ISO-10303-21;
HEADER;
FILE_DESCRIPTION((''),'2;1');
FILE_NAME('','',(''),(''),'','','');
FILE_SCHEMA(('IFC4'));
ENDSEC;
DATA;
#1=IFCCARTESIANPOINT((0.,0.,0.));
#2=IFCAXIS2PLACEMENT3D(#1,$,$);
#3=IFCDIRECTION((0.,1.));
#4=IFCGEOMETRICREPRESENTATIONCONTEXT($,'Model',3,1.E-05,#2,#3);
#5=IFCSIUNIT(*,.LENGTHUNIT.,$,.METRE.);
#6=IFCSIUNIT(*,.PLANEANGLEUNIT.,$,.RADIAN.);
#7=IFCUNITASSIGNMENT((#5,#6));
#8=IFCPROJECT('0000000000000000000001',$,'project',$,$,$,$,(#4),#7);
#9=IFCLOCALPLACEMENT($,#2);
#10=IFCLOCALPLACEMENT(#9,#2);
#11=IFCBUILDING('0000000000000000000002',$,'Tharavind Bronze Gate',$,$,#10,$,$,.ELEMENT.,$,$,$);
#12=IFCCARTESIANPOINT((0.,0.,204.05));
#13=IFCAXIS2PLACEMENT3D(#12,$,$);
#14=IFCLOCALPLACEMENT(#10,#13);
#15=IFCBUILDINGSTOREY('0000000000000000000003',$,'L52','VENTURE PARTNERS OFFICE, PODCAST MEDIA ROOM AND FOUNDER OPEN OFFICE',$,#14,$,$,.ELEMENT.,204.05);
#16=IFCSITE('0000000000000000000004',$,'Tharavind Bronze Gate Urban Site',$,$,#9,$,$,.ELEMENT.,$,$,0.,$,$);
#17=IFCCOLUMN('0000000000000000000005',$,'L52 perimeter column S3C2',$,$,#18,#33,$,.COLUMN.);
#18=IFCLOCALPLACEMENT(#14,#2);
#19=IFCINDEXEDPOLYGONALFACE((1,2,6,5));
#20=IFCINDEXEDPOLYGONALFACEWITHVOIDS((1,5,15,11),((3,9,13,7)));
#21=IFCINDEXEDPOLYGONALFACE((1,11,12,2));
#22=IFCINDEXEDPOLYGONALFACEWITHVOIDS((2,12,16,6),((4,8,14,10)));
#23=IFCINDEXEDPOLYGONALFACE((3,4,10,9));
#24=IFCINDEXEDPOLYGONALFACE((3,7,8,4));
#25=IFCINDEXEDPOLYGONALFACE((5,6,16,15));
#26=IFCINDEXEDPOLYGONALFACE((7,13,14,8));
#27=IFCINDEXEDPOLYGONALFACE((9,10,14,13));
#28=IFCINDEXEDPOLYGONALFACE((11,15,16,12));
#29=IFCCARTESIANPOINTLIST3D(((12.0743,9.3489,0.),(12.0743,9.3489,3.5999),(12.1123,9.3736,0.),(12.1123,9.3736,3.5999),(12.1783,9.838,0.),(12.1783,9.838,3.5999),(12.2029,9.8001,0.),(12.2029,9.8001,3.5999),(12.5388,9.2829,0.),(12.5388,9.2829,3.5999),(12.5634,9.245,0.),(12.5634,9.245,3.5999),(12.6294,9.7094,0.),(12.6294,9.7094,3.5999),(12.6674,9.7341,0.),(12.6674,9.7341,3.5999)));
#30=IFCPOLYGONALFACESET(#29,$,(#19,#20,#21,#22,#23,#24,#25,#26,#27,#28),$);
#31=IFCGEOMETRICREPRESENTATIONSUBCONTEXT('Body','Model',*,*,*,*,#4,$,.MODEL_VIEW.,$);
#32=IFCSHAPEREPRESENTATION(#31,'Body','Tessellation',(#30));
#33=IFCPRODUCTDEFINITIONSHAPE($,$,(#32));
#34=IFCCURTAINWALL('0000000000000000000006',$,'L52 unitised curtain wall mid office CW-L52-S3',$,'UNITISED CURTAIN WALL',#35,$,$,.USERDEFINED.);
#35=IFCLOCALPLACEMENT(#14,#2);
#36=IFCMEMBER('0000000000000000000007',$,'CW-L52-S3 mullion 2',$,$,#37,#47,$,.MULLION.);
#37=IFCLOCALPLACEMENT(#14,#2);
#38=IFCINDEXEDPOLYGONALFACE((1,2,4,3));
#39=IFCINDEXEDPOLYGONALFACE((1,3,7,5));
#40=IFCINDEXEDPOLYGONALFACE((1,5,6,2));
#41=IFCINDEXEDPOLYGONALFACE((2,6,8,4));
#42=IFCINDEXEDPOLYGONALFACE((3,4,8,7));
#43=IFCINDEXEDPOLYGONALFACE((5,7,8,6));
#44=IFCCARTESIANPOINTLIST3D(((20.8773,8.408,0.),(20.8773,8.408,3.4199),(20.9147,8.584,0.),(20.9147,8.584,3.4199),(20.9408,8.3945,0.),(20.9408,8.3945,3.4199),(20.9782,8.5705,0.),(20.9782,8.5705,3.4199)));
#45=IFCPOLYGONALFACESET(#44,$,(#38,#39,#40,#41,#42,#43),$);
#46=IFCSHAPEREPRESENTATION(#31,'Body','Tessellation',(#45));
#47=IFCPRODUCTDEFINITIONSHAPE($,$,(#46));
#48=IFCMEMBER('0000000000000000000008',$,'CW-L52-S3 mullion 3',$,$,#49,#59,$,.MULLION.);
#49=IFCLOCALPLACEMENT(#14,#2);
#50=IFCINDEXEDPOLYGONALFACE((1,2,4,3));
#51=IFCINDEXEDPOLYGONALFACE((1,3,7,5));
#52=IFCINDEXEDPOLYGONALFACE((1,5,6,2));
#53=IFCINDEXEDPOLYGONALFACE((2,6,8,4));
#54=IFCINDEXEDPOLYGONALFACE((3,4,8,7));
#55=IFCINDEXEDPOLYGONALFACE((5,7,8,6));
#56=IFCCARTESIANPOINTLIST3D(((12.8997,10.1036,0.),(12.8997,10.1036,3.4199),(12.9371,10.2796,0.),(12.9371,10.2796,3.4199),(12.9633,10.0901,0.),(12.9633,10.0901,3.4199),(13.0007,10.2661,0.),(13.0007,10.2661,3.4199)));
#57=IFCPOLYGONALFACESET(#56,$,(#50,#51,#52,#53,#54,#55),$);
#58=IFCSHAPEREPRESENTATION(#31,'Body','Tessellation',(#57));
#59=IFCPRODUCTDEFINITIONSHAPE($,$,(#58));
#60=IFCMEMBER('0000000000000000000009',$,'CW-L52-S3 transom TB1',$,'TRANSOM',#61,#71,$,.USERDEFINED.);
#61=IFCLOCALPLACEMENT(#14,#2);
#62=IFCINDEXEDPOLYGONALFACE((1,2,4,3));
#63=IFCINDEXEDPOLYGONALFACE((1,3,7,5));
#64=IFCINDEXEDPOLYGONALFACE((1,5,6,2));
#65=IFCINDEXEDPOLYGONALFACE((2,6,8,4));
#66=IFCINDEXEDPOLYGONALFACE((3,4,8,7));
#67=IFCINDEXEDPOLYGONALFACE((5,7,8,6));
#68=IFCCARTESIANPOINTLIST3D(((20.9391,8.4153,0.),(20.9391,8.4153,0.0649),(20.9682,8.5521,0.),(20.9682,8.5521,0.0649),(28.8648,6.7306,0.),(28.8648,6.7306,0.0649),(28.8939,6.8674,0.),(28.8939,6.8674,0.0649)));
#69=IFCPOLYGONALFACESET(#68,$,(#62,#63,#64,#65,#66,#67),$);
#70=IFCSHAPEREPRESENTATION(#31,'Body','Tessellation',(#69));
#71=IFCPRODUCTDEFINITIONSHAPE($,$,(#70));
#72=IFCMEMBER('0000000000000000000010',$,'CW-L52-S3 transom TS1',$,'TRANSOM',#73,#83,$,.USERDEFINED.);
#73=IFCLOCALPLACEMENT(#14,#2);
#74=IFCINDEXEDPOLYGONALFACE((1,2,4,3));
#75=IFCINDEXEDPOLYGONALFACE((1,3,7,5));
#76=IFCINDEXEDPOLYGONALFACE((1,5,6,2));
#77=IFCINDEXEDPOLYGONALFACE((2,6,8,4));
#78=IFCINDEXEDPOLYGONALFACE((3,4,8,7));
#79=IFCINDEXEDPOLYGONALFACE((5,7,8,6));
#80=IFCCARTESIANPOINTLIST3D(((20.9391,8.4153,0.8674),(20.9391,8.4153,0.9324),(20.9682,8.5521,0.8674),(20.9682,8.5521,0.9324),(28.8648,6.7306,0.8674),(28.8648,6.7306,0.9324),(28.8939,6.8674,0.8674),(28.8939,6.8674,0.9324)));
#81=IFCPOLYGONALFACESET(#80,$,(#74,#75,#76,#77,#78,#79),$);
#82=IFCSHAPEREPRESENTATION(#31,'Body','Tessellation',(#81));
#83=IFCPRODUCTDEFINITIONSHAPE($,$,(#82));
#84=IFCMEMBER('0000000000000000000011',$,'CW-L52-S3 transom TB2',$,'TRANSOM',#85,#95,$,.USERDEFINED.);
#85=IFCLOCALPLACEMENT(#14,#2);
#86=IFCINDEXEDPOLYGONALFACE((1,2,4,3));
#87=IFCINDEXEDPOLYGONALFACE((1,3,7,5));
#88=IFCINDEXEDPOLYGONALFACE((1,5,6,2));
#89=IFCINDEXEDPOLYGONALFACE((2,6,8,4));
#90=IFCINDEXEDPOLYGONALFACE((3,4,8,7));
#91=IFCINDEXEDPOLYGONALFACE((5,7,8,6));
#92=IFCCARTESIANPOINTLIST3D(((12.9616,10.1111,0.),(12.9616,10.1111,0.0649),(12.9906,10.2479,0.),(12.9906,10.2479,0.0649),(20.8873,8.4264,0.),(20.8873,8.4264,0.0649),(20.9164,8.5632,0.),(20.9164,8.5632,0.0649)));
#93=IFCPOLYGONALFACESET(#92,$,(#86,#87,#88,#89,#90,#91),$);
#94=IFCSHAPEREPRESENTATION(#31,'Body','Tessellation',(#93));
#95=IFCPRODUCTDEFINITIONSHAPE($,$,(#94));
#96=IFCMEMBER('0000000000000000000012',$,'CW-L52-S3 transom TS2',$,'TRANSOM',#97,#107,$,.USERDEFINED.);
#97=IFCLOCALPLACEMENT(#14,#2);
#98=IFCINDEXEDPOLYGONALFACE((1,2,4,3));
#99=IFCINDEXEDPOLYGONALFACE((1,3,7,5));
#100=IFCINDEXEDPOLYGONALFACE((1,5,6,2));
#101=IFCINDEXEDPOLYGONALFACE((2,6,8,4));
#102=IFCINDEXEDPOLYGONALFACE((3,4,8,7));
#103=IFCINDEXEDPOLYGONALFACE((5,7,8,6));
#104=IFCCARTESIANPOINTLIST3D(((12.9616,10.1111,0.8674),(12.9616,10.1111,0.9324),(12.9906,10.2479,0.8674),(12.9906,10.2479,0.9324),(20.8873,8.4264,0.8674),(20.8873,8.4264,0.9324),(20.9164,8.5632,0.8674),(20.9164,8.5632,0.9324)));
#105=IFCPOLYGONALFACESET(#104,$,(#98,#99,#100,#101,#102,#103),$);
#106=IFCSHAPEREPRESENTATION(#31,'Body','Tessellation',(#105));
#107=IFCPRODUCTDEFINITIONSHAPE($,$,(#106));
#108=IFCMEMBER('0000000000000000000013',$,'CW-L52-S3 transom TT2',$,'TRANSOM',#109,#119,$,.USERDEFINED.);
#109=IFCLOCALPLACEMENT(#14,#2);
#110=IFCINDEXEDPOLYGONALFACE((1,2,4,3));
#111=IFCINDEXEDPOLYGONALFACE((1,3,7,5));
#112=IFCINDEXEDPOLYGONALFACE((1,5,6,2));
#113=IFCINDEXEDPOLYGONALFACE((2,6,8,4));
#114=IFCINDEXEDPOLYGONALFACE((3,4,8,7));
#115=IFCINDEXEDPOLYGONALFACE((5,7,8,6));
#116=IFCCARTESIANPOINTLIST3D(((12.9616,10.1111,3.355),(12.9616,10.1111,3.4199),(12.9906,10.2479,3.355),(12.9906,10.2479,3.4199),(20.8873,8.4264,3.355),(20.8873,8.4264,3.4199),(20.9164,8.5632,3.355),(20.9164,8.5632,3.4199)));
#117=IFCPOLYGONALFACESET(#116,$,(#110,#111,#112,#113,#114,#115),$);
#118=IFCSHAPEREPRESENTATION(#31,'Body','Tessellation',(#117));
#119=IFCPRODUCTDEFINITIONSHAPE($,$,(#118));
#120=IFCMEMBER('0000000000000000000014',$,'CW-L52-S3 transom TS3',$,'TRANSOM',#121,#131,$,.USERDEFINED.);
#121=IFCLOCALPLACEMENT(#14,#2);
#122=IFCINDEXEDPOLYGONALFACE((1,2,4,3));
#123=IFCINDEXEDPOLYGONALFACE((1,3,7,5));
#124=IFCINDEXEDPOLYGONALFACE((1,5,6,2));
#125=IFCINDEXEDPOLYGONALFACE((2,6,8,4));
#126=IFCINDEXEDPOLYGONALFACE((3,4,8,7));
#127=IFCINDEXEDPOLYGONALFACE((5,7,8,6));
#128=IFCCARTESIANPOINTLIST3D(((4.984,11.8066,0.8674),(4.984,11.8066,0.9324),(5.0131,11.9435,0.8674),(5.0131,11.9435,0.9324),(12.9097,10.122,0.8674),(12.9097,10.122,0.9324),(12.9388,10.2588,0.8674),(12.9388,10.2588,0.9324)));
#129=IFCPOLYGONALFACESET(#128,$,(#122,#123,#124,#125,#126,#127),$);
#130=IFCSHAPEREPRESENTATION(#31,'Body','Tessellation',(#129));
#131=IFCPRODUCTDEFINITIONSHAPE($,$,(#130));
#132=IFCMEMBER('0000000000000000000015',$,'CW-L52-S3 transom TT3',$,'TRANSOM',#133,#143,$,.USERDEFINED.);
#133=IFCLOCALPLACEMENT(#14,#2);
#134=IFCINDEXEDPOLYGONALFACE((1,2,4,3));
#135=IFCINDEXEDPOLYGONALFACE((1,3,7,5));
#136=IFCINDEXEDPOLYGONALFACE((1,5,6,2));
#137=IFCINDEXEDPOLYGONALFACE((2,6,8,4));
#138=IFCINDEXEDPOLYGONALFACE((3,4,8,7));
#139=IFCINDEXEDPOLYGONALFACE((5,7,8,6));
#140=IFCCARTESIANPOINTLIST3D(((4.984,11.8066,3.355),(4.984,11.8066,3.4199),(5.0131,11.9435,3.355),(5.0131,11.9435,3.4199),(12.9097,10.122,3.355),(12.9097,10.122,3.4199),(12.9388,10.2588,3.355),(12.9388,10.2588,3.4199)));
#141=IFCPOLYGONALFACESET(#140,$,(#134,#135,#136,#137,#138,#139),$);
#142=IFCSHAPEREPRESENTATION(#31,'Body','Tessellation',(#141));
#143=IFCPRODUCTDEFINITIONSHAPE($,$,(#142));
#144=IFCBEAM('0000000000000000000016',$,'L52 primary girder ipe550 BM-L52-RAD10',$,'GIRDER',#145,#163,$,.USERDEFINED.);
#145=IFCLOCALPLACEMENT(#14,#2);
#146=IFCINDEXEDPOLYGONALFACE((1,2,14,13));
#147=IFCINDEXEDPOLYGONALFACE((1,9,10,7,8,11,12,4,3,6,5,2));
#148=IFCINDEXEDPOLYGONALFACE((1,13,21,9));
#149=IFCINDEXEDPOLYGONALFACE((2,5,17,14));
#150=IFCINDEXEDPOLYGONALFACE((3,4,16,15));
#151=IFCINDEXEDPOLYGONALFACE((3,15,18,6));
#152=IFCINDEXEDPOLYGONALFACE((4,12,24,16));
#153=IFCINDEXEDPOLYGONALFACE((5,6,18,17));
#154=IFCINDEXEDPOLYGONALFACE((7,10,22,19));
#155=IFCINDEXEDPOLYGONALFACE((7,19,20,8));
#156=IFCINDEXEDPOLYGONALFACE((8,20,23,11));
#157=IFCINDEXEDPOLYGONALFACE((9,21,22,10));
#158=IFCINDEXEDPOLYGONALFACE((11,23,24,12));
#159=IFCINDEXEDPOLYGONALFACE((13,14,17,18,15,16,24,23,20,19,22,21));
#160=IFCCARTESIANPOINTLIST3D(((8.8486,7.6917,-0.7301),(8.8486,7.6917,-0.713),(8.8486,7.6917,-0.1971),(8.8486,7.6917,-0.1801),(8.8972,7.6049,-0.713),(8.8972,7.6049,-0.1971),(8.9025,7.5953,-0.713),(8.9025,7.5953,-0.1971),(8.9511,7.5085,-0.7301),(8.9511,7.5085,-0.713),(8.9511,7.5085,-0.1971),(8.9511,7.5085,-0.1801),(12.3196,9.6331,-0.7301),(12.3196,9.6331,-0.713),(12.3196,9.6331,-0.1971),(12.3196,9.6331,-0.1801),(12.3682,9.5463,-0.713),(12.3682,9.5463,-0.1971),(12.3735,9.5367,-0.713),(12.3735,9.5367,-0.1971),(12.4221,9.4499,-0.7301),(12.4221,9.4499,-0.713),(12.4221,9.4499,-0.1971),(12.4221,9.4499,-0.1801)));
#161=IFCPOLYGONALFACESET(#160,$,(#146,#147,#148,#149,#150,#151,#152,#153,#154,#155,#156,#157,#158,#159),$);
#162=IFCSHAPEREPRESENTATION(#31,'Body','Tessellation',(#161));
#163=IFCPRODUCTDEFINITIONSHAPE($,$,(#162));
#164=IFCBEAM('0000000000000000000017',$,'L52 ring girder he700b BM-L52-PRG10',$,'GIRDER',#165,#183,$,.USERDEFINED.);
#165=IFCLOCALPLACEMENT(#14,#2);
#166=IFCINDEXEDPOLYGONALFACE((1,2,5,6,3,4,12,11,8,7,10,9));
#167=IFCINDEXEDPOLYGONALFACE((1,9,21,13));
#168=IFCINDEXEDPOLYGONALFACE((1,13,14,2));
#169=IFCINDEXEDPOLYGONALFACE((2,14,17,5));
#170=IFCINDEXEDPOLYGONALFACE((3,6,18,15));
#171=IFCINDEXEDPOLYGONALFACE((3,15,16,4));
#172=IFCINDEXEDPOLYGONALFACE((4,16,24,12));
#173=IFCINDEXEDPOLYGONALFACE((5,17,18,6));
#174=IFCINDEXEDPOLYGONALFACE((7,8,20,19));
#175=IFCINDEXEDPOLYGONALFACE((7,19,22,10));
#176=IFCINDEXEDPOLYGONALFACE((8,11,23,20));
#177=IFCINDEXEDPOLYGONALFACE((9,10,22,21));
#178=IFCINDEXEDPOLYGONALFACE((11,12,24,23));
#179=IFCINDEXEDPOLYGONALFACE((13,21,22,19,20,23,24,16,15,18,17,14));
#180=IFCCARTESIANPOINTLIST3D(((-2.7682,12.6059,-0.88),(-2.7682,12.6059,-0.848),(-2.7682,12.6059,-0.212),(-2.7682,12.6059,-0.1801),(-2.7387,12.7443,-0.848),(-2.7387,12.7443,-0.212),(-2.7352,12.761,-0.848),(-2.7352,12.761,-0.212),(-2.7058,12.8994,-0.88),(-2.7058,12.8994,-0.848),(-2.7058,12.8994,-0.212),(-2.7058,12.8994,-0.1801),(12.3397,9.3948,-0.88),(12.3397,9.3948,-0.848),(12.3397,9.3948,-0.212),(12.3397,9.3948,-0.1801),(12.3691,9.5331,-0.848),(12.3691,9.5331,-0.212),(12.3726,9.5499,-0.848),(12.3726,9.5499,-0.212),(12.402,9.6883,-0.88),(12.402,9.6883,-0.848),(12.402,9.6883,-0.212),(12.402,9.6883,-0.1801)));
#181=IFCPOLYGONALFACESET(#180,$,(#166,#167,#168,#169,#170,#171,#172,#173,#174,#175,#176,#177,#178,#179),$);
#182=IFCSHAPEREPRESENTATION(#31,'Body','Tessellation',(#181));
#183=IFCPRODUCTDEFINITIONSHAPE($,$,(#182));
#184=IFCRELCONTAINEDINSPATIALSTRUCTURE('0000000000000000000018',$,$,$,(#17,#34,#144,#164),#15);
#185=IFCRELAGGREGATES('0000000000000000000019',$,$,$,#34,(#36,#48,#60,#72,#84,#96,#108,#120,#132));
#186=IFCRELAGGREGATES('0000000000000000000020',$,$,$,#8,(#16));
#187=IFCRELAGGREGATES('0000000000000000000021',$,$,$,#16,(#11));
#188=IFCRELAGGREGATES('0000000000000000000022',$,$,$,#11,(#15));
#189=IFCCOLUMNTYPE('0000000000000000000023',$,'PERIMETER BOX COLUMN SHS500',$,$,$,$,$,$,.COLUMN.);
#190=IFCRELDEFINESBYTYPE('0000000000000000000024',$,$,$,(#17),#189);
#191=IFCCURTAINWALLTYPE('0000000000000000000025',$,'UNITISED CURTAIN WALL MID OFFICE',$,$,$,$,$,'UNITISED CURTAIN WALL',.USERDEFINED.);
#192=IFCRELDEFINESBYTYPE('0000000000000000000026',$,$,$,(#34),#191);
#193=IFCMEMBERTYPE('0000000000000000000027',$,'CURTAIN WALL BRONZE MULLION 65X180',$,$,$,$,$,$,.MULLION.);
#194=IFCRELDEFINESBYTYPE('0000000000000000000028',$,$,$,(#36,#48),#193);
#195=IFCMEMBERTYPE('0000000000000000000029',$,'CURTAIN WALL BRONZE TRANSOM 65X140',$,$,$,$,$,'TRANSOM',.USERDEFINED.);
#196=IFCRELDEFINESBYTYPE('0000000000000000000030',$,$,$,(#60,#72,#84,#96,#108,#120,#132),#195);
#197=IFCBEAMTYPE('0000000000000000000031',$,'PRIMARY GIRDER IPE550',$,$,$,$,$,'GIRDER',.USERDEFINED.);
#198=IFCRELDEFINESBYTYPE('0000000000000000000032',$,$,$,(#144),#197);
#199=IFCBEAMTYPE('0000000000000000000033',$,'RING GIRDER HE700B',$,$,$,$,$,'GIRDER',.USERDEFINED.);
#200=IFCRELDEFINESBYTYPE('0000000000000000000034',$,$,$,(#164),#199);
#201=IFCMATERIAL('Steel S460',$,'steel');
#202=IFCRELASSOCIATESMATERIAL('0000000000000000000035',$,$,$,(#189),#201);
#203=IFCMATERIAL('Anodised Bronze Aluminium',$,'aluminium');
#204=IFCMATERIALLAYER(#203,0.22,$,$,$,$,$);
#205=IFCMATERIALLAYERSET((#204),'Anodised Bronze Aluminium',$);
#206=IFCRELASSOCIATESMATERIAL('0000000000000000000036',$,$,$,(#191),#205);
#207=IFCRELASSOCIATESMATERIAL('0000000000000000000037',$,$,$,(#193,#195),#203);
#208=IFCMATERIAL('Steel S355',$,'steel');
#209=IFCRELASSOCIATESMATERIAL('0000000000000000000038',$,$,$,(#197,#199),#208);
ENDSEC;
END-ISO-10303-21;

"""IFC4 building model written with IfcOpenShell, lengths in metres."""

from ifc_helpers import new_model, si_unit, direction, frame, origin, origin_2d, place, context, subcontext, project, spatial, rectangle, hollow_rectangle, i_section, extrude, material, layer, layer_set, material_profile, profile_set, type_object, element, aggregate, save


model = new_model("IFC4")

# Units and contexts
model_context = context("Model", 3, precision=1e-05, world=origin(), true_north=direction((0.0, 1.0)))
body_context = subcontext(model_context, "Body", "Model", "MODEL_VIEW")
ifc_project = project(units=[si_unit("LENGTHUNIT", "METRE"), si_unit("PLANEANGLEUNIT", "RADIAN")], contexts=[model_context])

# Site, building, storey
site_placement = place(None, origin())
site = spatial("IfcSite", under=ifc_project, at=site_placement, Name="Tharavind Bronze Gate Urban Site", CompositionType="ELEMENT", RefElevation=0.0)
building_placement = place(site_placement, origin())
building = spatial("IfcBuilding", under=site, at=building_placement, Name="Tharavind Bronze Gate", CompositionType="ELEMENT")
storey_placement = place(building_placement, frame((0.0, 0.0, 204.05)))
storey = spatial("IfcBuildingStorey", under=building, at=storey_placement, Name="L52", Description="VENTURE PARTNERS OFFICE, PODCAST MEDIA ROOM AND FOUNDER OPEN OFFICE", CompositionType="ELEMENT", Elevation=204.05)

# Column
ifc_material_1 = material(Name="Steel S460", Category="steel")
ifc_material_profile_1 = material_profile(ifc_material_1, hollow_rectangle(XDim=0.5, YDim=0.5, WallThickness=0.032, at=origin_2d()), Name="SHS500X32")
ifc_profile_set_1 = profile_set([ifc_material_profile_1], Name="Steel S460")
column_type = type_object("IfcColumnType", Name="PERIMETER BOX COLUMN SHS500", PredefinedType="COLUMN", material=ifc_profile_set_1)
column_placement = place(storey_placement, frame((12.3708, 9.5415, 0.0), z_axis=(0.0, 0.0, 1.0), x_axis=(-0.978148, 0.207912, 0.0)))
element("IfcColumn", 1, at=column_placement, inside=storey, type_object=column_type, Name="L52 perimeter column S3C2", PredefinedType="COLUMN", context=body_context, shape_type="SweptSolid", body=[
    extrude(hollow_rectangle(XDim=0.5, YDim=0.5, WallThickness=0.032, at=origin_2d()), origin(), (0.0, 0.0, 1.0), 3.5999),
])

# Curtain wall, members
ifc_material_2 = material(Name="Anodised Bronze Aluminium", Category="aluminium")
ifc_layer_1 = layer(ifc_material_2, 0.22)
ifc_layer_set_1 = layer_set([ifc_layer_1], Name="Anodised Bronze Aluminium")
curtain_wall_type = type_object("IfcCurtainWallType", Name="UNITISED CURTAIN WALL MID OFFICE", ElementType="UNITISED CURTAIN WALL", PredefinedType="USERDEFINED", material=ifc_layer_set_1)
curtain_wall_placement = place(storey_placement, origin())
curtain_wall = element("IfcCurtainWall", 2, at=curtain_wall_placement, inside=storey, type_object=curtain_wall_type, Name="L52 unitised curtain wall mid office CW-L52-S3", ObjectType="UNITISED CURTAIN WALL", PredefinedType="USERDEFINED")
member_type_1 = type_object("IfcMemberType", Name="CURTAIN WALL BRONZE MULLION 65X180", PredefinedType="MULLION", material=ifc_material_2)
member_1_placement = place(storey_placement, frame((20.9277, 8.4893, 0.0), z_axis=(0.0, 0.0, 1.0), x_axis=(-0.978148, 0.207912, 0.0)))
member_1 = element("IfcMember", 3, at=member_1_placement, type_object=member_type_1, Name="CW-L52-S3 mullion 2", PredefinedType="MULLION", context=body_context, shape_type="SweptSolid", body=[
    extrude(rectangle(XDim=0.0649, YDim=0.1799, at=origin_2d()), origin(), (0.0, 0.0, 1.0), 3.4199),
])
member_2_placement = place(storey_placement, frame((12.9502, 10.1848, 0.0), z_axis=(0.0, 0.0, 1.0), x_axis=(-0.978148, 0.207912, 0.0)))
member_2 = element("IfcMember", 4, at=member_2_placement, type_object=member_type_1, Name="CW-L52-S3 mullion 3", PredefinedType="MULLION", context=body_context, shape_type="SweptSolid", body=[
    extrude(rectangle(XDim=0.0649, YDim=0.1799, at=origin_2d()), origin(), (0.0, 0.0, 1.0), 3.4199),
])
member_type_2 = type_object("IfcMemberType", Name="CURTAIN WALL BRONZE TRANSOM 65X140", ElementType="TRANSOM", PredefinedType="USERDEFINED", material=ifc_material_2)
member_3_placement = place(storey_placement, frame((24.9165, 7.6414, 0.0), z_axis=(0.0, 0.0, 1.0), x_axis=(-0.978148, 0.207912, 0.0)))
member_3 = element("IfcMember", 5, at=member_3_placement, type_object=member_type_2, Name="CW-L52-S3 transom TB1", ObjectType="TRANSOM", PredefinedType="USERDEFINED", context=body_context, shape_type="SweptSolid", body=[
    extrude(rectangle(XDim=8.1028, YDim=0.1399, at=origin_2d()), origin(), (0.0, 0.0, 1.0), 0.0649),
])
member_4_placement = place(storey_placement, frame((24.9165, 7.6414, 0.8674), z_axis=(0.0, 0.0, 1.0), x_axis=(-0.978148, 0.207912, 0.0)))
member_4 = element("IfcMember", 6, at=member_4_placement, type_object=member_type_2, Name="CW-L52-S3 transom TS1", ObjectType="TRANSOM", PredefinedType="USERDEFINED", context=body_context, shape_type="SweptSolid", body=[
    extrude(rectangle(XDim=8.1028, YDim=0.1399, at=origin_2d()), origin(), (0.0, 0.0, 1.0), 0.0649),
])
member_5_placement = place(storey_placement, frame((16.939, 9.3372, 0.0), z_axis=(0.0, 0.0, 1.0), x_axis=(-0.978148, 0.207912, 0.0)))
member_5 = element("IfcMember", 7, at=member_5_placement, type_object=member_type_2, Name="CW-L52-S3 transom TB2", ObjectType="TRANSOM", PredefinedType="USERDEFINED", context=body_context, shape_type="SweptSolid", body=[
    extrude(rectangle(XDim=8.1028, YDim=0.1399, at=origin_2d()), origin(), (0.0, 0.0, 1.0), 0.0649),
])
member_6_placement = place(storey_placement, frame((16.939, 9.3372, 0.8674), z_axis=(0.0, 0.0, 1.0), x_axis=(-0.978148, 0.207912, 0.0)))
member_6 = element("IfcMember", 8, at=member_6_placement, type_object=member_type_2, Name="CW-L52-S3 transom TS2", ObjectType="TRANSOM", PredefinedType="USERDEFINED", context=body_context, shape_type="SweptSolid", body=[
    extrude(rectangle(XDim=8.1028, YDim=0.1399, at=origin_2d()), origin(), (0.0, 0.0, 1.0), 0.0649),
])
member_7_placement = place(storey_placement, frame((16.939, 9.3372, 3.355), z_axis=(0.0, 0.0, 1.0), x_axis=(-0.978148, 0.207912, 0.0)))
member_7 = element("IfcMember", 9, at=member_7_placement, type_object=member_type_2, Name="CW-L52-S3 transom TT2", ObjectType="TRANSOM", PredefinedType="USERDEFINED", context=body_context, shape_type="SweptSolid", body=[
    extrude(rectangle(XDim=8.1028, YDim=0.1399, at=origin_2d()), origin(), (0.0, 0.0, 1.0), 0.0649),
])
member_8_placement = place(storey_placement, frame((8.9614, 11.0327, 0.8674), z_axis=(0.0, 0.0, 1.0), x_axis=(-0.978148, 0.207912, 0.0)))
member_8 = element("IfcMember", 10, at=member_8_placement, type_object=member_type_2, Name="CW-L52-S3 transom TS3", ObjectType="TRANSOM", PredefinedType="USERDEFINED", context=body_context, shape_type="SweptSolid", body=[
    extrude(rectangle(XDim=8.1028, YDim=0.1399, at=origin_2d()), origin(), (0.0, 0.0, 1.0), 0.0649),
])
member_9_placement = place(storey_placement, frame((8.9614, 11.0327, 3.355), z_axis=(0.0, 0.0, 1.0), x_axis=(-0.978148, 0.207912, 0.0)))
member_9 = element("IfcMember", 11, at=member_9_placement, type_object=member_type_2, Name="CW-L52-S3 transom TT3", ObjectType="TRANSOM", PredefinedType="USERDEFINED", context=body_context, shape_type="SweptSolid", body=[
    extrude(rectangle(XDim=8.1028, YDim=0.1399, at=origin_2d()), origin(), (0.0, 0.0, 1.0), 0.0649),
])

# Beams
ifc_material_3 = material(Name="Steel S355", Category="steel")
ifc_material_profile_2 = material_profile(ifc_material_3, i_section(OverallWidth=0.21, OverallDepth=0.55, WebThickness=0.011, FlangeThickness=0.0171, at=origin_2d()), Name="IPE550")
ifc_profile_set_2 = profile_set([ifc_material_profile_2], Name="Steel S355")
beam_type_1 = type_object("IfcBeamType", Name="PRIMARY GIRDER IPE550", ElementType="GIRDER", PredefinedType="USERDEFINED", material=ifc_profile_set_2)
beam_1_placement = place(storey_placement, frame((12.3708, 9.5415, -0.4551), z_axis=(-0.872755, -0.488158, 0.0), x_axis=(0.488158, -0.872755, 0.0)))
element("IfcBeam", 12, at=beam_1_placement, inside=storey, type_object=beam_type_1, Name="L52 primary girder ipe550 BM-L52-RAD10", ObjectType="GIRDER", PredefinedType="USERDEFINED", context=body_context, shape_type="SweptSolid", body=[
    extrude(i_section(OverallWidth=0.21, OverallDepth=0.55, WebThickness=0.011, FlangeThickness=0.0171, at=origin_2d()), origin(), (0.0, 0.0, 1.0), 3.9771),
])
ifc_material_profile_3 = material_profile(ifc_material_3, i_section(OverallWidth=0.3, OverallDepth=0.7, WebThickness=0.0171, FlangeThickness=0.032, at=origin_2d()), Name="HE700B")
ifc_profile_set_3 = profile_set([ifc_material_profile_3], Name="Steel S355")
beam_type_2 = type_object("IfcBeamType", Name="RING GIRDER HE700B", ElementType="GIRDER", PredefinedType="USERDEFINED", material=ifc_profile_set_3)
beam_2_placement = place(storey_placement, frame((12.3708, 9.5415, -0.53), z_axis=(-0.978149, 0.207905, 0.0), x_axis=(-0.207905, -0.978149, 0.0)))
element("IfcBeam", 13, at=beam_2_placement, inside=storey, type_object=beam_type_2, Name="L52 ring girder he700b BM-L52-PRG10", ObjectType="GIRDER", PredefinedType="USERDEFINED", context=body_context, shape_type="SweptSolid", body=[
    extrude(i_section(OverallWidth=0.3, OverallDepth=0.7, WebThickness=0.0171, FlangeThickness=0.032, at=origin_2d()), origin(), (0.0, 0.0, 1.0), 15.4453),
])

aggregate(curtain_wall, [member_1, member_2, member_3, member_4, member_5, member_6, member_7, member_8, member_9])

save(model, "model.ifc")
